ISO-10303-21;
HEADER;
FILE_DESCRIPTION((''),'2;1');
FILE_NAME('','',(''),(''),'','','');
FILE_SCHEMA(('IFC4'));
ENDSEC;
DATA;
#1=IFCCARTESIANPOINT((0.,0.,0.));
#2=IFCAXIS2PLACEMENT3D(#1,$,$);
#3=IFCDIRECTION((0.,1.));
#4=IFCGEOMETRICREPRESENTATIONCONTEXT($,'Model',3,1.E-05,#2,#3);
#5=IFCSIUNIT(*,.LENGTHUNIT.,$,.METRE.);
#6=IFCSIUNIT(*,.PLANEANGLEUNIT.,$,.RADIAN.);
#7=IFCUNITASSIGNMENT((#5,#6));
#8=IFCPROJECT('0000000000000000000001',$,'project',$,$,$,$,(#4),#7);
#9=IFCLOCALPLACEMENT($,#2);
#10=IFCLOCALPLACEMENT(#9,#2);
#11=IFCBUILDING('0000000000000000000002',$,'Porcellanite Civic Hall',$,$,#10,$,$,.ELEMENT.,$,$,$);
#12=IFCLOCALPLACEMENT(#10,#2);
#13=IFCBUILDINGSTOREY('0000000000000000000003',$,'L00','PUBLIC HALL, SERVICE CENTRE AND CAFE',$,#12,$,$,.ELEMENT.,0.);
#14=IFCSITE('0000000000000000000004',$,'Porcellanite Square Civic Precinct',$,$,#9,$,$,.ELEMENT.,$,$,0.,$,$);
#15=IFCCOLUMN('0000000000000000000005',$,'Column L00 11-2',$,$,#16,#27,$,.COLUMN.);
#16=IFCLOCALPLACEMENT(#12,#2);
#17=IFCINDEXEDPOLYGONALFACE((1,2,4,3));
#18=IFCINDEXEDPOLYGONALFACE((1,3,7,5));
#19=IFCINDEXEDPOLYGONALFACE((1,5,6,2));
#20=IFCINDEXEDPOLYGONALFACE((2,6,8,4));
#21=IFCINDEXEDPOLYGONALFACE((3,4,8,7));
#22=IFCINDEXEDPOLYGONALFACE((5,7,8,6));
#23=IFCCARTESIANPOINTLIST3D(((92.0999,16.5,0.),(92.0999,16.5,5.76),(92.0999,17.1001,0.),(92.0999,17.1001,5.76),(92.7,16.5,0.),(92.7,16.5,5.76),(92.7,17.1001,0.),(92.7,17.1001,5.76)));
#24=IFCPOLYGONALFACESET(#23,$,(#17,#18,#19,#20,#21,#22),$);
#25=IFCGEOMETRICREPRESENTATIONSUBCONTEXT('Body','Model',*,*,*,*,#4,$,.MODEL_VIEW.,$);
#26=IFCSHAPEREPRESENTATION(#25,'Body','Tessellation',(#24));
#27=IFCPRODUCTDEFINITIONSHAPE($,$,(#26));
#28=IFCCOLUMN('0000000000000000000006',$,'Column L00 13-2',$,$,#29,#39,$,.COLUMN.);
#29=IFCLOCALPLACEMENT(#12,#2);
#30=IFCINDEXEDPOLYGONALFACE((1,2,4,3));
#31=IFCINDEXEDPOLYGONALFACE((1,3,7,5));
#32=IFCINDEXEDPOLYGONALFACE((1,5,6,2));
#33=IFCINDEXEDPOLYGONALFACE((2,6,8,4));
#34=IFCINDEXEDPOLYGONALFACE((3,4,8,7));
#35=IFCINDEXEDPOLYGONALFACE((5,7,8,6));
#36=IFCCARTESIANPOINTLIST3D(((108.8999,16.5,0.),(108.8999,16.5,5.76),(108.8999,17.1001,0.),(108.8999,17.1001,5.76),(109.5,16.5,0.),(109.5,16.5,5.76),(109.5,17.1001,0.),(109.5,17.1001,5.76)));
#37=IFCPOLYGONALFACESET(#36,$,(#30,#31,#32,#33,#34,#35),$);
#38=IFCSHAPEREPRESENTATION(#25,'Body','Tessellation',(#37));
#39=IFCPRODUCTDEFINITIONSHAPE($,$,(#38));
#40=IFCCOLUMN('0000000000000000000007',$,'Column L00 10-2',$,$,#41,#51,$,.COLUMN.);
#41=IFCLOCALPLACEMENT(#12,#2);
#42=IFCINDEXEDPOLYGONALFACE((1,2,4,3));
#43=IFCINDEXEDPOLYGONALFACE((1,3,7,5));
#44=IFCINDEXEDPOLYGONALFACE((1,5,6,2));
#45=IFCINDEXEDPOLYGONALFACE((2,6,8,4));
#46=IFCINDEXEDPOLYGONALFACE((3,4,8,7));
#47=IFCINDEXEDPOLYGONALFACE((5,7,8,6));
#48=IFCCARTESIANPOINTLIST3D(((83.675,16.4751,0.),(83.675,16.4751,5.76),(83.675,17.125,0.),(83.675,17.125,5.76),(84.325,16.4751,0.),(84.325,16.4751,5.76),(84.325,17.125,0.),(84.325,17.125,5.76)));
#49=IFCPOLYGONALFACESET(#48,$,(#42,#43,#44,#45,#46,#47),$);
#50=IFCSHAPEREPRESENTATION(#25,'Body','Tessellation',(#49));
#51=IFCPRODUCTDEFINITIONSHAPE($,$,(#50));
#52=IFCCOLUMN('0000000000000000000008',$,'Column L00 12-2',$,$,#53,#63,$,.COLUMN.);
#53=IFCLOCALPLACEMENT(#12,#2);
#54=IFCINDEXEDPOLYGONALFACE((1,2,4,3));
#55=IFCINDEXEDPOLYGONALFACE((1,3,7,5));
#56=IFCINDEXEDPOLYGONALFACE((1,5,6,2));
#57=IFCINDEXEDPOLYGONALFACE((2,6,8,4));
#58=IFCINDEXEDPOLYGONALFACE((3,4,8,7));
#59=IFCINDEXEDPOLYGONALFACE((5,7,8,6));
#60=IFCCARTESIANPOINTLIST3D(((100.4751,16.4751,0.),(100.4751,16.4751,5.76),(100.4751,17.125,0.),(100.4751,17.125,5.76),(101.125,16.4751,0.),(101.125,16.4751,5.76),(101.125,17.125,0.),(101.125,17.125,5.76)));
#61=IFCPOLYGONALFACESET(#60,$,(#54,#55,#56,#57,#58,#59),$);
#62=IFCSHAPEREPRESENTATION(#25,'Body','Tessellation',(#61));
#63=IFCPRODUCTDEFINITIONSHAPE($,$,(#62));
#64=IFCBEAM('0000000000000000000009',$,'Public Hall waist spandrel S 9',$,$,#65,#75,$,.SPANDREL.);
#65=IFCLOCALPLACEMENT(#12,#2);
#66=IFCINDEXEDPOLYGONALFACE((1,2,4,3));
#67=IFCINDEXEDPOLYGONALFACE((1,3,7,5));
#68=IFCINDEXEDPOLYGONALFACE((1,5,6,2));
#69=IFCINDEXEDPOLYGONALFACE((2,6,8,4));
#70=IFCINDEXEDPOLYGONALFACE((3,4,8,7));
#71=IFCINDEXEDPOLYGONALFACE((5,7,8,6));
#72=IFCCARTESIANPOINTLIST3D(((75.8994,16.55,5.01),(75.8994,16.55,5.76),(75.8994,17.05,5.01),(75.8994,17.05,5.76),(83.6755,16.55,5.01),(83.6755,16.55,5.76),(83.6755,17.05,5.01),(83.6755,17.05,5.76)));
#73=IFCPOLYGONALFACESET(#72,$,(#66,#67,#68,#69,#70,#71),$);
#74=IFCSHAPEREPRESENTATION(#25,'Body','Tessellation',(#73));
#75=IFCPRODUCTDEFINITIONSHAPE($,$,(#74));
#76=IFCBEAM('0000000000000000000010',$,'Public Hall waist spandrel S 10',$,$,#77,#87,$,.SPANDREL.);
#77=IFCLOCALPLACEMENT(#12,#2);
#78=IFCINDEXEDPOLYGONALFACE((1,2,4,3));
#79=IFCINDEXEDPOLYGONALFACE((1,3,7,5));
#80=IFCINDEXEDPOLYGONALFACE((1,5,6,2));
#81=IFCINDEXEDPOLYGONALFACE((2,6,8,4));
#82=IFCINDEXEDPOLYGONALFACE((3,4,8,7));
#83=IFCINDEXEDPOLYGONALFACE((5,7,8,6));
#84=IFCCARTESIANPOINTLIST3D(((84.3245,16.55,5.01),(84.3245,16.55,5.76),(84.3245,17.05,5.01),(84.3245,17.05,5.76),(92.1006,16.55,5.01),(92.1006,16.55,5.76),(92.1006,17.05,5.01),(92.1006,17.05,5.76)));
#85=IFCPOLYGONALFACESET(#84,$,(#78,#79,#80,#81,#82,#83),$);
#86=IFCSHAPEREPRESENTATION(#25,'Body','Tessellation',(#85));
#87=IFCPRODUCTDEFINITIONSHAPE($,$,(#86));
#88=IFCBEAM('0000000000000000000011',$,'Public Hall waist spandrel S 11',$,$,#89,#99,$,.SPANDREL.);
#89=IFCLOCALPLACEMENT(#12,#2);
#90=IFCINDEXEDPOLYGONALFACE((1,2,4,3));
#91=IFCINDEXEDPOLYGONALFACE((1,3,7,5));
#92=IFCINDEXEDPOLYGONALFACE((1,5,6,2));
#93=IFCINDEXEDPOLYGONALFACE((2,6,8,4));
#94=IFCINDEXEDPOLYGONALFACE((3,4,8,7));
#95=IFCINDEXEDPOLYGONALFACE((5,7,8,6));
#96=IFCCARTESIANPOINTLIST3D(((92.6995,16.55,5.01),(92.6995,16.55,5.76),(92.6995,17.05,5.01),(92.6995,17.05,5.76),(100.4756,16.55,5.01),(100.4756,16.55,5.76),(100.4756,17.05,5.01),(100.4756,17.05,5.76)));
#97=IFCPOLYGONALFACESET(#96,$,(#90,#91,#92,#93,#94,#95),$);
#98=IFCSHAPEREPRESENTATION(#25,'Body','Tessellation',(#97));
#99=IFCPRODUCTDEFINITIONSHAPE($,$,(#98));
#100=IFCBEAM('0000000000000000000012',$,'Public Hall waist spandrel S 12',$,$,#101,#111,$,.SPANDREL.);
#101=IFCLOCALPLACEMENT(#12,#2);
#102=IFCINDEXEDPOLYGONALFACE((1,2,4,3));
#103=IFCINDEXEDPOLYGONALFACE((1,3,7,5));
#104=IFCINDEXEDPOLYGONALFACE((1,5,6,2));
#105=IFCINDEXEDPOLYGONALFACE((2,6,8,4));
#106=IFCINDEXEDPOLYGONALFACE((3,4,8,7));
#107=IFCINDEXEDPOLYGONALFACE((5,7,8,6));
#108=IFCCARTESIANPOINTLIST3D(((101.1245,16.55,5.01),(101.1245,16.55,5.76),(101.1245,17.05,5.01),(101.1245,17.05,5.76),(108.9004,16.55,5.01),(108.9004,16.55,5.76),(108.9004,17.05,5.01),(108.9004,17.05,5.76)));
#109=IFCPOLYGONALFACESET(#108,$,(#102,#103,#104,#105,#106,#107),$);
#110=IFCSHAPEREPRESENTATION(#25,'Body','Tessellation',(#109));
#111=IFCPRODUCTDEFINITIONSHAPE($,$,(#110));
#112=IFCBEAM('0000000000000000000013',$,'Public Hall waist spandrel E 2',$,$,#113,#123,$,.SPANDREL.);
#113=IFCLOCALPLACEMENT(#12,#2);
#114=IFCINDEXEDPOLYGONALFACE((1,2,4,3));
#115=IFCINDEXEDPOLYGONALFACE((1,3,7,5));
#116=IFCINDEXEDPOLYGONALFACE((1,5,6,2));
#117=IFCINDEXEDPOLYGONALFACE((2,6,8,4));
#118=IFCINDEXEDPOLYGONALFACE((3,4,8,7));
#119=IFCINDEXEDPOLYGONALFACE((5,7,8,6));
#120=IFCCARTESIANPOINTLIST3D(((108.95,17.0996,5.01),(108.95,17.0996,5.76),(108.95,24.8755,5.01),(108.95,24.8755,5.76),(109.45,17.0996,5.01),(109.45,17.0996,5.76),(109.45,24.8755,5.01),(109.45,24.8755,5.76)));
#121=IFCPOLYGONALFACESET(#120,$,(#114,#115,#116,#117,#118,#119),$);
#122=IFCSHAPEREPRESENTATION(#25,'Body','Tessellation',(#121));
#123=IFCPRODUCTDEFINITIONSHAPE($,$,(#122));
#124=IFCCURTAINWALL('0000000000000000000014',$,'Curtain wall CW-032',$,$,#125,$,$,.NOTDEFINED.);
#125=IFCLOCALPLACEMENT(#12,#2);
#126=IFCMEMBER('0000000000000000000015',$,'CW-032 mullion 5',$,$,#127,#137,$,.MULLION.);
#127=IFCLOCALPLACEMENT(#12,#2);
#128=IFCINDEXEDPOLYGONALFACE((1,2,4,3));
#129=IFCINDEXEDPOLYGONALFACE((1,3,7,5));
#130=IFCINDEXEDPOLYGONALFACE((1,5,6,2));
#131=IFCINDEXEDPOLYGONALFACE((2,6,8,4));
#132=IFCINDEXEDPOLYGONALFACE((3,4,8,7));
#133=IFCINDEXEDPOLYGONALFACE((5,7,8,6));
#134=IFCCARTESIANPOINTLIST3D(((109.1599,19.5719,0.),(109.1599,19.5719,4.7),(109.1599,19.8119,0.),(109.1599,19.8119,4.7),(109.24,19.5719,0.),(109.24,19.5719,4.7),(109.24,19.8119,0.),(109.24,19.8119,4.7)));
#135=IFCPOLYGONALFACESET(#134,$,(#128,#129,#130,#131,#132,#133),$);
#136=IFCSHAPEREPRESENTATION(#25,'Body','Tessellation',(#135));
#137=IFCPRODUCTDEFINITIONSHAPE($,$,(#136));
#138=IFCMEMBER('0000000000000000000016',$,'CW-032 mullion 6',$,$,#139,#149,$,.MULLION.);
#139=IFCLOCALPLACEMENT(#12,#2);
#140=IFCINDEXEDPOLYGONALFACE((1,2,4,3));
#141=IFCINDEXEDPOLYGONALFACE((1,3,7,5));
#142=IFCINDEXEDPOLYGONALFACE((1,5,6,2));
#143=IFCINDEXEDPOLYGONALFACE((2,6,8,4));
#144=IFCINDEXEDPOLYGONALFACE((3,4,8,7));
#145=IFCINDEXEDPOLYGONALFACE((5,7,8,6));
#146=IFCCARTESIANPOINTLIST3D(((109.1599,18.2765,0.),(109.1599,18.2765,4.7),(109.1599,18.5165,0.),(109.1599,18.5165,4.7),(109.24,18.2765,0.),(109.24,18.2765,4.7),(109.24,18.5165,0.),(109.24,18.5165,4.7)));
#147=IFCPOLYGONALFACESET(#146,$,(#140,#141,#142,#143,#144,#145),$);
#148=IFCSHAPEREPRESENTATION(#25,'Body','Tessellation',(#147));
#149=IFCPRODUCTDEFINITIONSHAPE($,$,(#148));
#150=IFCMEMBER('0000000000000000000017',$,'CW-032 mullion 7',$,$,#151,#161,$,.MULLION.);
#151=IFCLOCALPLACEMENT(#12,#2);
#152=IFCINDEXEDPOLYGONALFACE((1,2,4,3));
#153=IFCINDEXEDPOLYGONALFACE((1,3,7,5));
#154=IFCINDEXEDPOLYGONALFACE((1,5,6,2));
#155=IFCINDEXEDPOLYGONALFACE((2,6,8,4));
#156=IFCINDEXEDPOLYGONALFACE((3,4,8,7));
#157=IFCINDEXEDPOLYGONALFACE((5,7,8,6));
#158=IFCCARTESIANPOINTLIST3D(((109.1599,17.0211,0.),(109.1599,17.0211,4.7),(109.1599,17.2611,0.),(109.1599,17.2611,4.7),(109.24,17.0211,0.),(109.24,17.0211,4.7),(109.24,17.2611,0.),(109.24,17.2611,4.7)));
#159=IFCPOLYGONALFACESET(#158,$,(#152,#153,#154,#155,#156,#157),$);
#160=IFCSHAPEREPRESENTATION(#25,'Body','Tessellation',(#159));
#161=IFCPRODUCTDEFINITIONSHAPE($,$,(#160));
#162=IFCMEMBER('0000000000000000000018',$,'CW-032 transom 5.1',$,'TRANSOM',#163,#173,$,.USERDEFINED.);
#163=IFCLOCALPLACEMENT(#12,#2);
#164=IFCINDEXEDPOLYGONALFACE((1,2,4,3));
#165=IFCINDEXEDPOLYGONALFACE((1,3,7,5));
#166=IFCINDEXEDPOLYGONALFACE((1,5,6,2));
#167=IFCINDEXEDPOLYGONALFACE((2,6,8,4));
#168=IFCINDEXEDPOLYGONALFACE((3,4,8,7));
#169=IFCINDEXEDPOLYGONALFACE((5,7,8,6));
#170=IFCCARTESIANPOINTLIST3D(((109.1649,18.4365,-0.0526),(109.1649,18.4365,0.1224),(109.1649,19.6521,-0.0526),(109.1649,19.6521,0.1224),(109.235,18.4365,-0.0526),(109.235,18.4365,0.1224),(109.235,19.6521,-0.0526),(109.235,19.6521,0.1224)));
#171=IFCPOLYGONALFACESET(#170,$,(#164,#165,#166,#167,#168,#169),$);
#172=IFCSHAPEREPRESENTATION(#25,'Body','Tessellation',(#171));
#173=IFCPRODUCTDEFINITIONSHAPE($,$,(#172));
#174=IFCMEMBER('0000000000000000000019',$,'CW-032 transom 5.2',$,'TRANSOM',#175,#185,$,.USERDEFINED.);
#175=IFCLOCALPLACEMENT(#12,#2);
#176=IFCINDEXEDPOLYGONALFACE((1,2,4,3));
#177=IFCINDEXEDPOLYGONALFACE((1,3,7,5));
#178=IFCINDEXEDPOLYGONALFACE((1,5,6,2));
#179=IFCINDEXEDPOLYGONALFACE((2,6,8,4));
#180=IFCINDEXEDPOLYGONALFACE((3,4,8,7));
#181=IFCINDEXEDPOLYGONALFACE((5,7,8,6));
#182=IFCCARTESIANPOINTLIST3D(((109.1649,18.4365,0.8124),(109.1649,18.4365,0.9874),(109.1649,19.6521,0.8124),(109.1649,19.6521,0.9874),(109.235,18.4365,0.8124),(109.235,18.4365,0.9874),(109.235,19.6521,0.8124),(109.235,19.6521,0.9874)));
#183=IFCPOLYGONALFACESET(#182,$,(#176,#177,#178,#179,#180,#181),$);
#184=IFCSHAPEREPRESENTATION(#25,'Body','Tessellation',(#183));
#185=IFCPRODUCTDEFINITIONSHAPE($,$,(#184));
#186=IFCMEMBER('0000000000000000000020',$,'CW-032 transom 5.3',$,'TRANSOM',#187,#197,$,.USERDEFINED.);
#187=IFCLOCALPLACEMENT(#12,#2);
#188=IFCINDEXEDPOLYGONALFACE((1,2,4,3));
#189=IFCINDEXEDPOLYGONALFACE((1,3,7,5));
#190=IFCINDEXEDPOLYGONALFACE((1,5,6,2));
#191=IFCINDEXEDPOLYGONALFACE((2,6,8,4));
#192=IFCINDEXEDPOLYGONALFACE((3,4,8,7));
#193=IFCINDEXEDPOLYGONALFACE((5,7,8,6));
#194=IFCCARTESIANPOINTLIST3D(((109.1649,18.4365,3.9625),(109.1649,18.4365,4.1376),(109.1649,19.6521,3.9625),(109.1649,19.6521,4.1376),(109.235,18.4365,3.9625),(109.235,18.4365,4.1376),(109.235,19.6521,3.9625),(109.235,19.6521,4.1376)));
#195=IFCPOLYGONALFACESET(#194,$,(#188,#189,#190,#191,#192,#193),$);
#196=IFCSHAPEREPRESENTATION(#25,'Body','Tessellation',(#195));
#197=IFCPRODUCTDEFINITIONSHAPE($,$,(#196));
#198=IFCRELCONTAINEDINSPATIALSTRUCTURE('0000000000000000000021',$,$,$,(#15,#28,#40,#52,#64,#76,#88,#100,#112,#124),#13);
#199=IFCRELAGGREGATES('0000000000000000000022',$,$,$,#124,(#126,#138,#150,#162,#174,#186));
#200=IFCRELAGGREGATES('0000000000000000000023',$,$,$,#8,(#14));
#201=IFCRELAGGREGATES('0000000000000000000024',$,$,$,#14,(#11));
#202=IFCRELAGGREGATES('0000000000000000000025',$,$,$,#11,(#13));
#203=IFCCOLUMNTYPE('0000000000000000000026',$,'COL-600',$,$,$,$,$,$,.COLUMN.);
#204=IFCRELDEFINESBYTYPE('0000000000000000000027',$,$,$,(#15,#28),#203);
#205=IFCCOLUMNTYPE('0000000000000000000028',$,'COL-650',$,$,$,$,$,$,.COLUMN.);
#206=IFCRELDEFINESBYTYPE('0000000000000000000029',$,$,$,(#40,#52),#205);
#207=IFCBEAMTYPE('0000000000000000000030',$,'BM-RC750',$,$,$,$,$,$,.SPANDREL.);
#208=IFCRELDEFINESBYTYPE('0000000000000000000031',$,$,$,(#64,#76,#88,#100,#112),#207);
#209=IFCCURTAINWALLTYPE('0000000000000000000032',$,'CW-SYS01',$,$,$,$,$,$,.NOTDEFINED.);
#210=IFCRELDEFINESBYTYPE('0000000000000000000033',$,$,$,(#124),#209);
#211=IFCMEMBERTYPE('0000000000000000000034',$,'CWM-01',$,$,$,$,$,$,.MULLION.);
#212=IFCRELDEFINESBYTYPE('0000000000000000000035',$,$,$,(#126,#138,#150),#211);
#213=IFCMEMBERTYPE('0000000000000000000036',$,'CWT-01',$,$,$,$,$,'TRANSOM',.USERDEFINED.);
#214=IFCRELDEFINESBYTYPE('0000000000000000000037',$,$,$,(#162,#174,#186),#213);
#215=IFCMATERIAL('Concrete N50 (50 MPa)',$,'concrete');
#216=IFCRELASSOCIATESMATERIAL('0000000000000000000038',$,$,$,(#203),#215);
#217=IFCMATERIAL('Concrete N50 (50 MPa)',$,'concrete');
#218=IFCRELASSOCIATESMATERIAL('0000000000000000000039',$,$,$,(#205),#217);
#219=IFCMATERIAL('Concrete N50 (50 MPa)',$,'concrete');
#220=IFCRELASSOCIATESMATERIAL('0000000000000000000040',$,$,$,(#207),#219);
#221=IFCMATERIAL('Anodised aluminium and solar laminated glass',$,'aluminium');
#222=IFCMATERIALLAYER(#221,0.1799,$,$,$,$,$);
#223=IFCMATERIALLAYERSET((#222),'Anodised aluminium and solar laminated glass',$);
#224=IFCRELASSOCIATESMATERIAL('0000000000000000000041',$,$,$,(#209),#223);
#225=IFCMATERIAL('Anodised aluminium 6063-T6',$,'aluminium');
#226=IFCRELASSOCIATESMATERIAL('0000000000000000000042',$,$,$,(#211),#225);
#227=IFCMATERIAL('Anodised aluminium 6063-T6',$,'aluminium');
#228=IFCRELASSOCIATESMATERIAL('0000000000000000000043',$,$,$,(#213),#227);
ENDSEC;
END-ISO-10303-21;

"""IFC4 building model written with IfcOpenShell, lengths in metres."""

from ifc_helpers import new_model, si_unit, direction, frame, origin, origin_2d, place, context, subcontext, project, spatial, rectangle, extrude, material, layer, layer_set, material_profile, profile_set, type_object, element, aggregate, save


model = new_model("IFC4")

# Units and contexts
model_context = context("Model", 3, precision=1e-05, world=origin(), true_north=direction((0.0, 1.0)))
body_context = subcontext(model_context, "Body", "Model", "MODEL_VIEW")
ifc_project = project(units=[si_unit("LENGTHUNIT", "METRE"), si_unit("PLANEANGLEUNIT", "RADIAN")], contexts=[model_context])

# Site, building, storey
site_placement = place(None, origin())
site = spatial("IfcSite", under=ifc_project, at=site_placement, Name="Porcellanite Square Civic Precinct", CompositionType="ELEMENT", RefElevation=0.0)
building_placement = place(site_placement, origin())
building = spatial("IfcBuilding", under=site, at=building_placement, Name="Porcellanite Civic Hall", CompositionType="ELEMENT")
storey_placement = place(building_placement, origin())
storey = spatial("IfcBuildingStorey", under=building, at=storey_placement, Name="L00", Description="PUBLIC HALL, SERVICE CENTRE AND CAFE", CompositionType="ELEMENT", Elevation=0.0)

# Columns
ifc_material_1 = material(Name="Concrete N50 (50 MPa)", Category="concrete")
ifc_material_profile_1 = material_profile(ifc_material_1, rectangle(XDim=0.6001, YDim=0.6001, at=origin_2d()), Name="RC-600x600")
ifc_profile_set_1 = profile_set([ifc_material_profile_1], Name="Concrete N50 (50 MPa)")
column_type_1 = type_object("IfcColumnType", Name="COL-600", PredefinedType="COLUMN", material=ifc_profile_set_1)
for number, where, z_axis, x_axis, name in (
    (1, (92.3999, 16.8, 0.0), (0.0, 0.0, 1.0), (1.0, 0.0, 0.0), "Column L00 11-2"),
    (2, (109.2, 16.8, 0.0), (0.0, 0.0, 1.0), (1.0, 0.0, 0.0), "Column L00 13-2"),
):
    element("IfcColumn", number, at=place(storey_placement, frame(where, z_axis=z_axis, x_axis=x_axis)), inside=storey, type_object=column_type_1, Name=name, PredefinedType="COLUMN", context=body_context, shape_type="SweptSolid", body=[
        extrude(rectangle(XDim=0.6001, YDim=0.6001, at=origin_2d()), origin(), (0.0, 0.0, 1.0), 5.76),
    ])
ifc_material_2 = material(Name="Concrete N50 (50 MPa)", Category="concrete")
ifc_material_profile_2 = material_profile(ifc_material_2, rectangle(XDim=0.6499, YDim=0.6499, at=origin_2d()), Name="RC-650x650")
ifc_profile_set_2 = profile_set([ifc_material_profile_2], Name="Concrete N50 (50 MPa)")
column_type_2 = type_object("IfcColumnType", Name="COL-650", PredefinedType="COLUMN", material=ifc_profile_set_2)
for number, where, z_axis, x_axis, name in (
    (3, (84.0, 16.8, 0.0), (0.0, 0.0, 1.0), (1.0, 0.0, 0.0), "Column L00 10-2"),
    (4, (100.8, 16.8, 0.0), (0.0, 0.0, 1.0), (1.0, 0.0, 0.0), "Column L00 12-2"),
):
    element("IfcColumn", number, at=place(storey_placement, frame(where, z_axis=z_axis, x_axis=x_axis)), inside=storey, type_object=column_type_2, Name=name, PredefinedType="COLUMN", context=body_context, shape_type="SweptSolid", body=[
        extrude(rectangle(XDim=0.6499, YDim=0.6499, at=origin_2d()), origin(), (0.0, 0.0, 1.0), 5.76),
    ])

# Beams
ifc_material_3 = material(Name="Concrete N50 (50 MPa)", Category="concrete")
ifc_material_profile_3 = material_profile(ifc_material_3, rectangle(XDim=0.5, YDim=0.75, at=origin_2d()), Name="RC-500x750")
ifc_profile_set_3 = profile_set([ifc_material_profile_3], Name="Concrete N50 (50 MPa)")
beam_type = type_object("IfcBeamType", Name="BM-RC750", PredefinedType="SPANDREL", material=ifc_profile_set_3)
for number, where, z_axis, x_axis, name in (
    (5, (75.8994, 16.8, 5.385), (1.0, 0.0, 0.0), (0.0, 1.0, 0.0), "Public Hall waist spandrel S 9"),
    (6, (84.3245, 16.8, 5.385), (1.0, 0.0, 0.0), (0.0, 1.0, 0.0), "Public Hall waist spandrel S 10"),
    (7, (92.6995, 16.8, 5.385), (1.0, 0.0, 0.0), (0.0, 1.0, 0.0), "Public Hall waist spandrel S 11"),
):
    element("IfcBeam", number, at=place(storey_placement, frame(where, z_axis=z_axis, x_axis=x_axis)), inside=storey, type_object=beam_type, Name=name, PredefinedType="SPANDREL", context=body_context, shape_type="SweptSolid", body=[
        extrude(rectangle(XDim=0.5, YDim=0.75, at=origin_2d()), origin(), (0.0, 0.0, 1.0), 7.7761),
    ])
for number, where, z_axis, x_axis, name in (
    (8, (101.1245, 16.8, 5.385), (1.0, 0.0, 0.0), (0.0, 1.0, 0.0), "Public Hall waist spandrel S 12"),
    (9, (109.2, 17.0996, 5.385), (0.0, 1.0, 0.0), (-1.0, 0.0, 0.0), "Public Hall waist spandrel E 2"),
):
    element("IfcBeam", number, at=place(storey_placement, frame(where, z_axis=z_axis, x_axis=x_axis)), inside=storey, type_object=beam_type, Name=name, PredefinedType="SPANDREL", context=body_context, shape_type="SweptSolid", body=[
        extrude(rectangle(XDim=0.5, YDim=0.75, at=origin_2d()), origin(), (0.0, 0.0, 1.0), 7.7759),
    ])

# Curtain wall, members
ifc_material_4 = material(Name="Anodised aluminium and solar laminated glass", Category="aluminium")
ifc_layer_1 = layer(ifc_material_4, 0.1799)
ifc_layer_set_1 = layer_set([ifc_layer_1], Name="Anodised aluminium and solar laminated glass")
curtain_wall_type = type_object("IfcCurtainWallType", Name="CW-SYS01", PredefinedType="NOTDEFINED", material=ifc_layer_set_1)
curtain_wall_placement = place(storey_placement, origin())
curtain_wall = element("IfcCurtainWall", 10, at=curtain_wall_placement, inside=storey, type_object=curtain_wall_type, Name="Curtain wall CW-032", PredefinedType="NOTDEFINED")
ifc_material_5 = material(Name="Anodised aluminium 6063-T6", Category="aluminium")
ifc_material_profile_4 = material_profile(ifc_material_5, rectangle(XDim=0.0801, YDim=0.24, at=origin_2d()), Name="AL-80x240")
ifc_profile_set_4 = profile_set([ifc_material_profile_4], Name="Anodised aluminium 6063-T6")
member_type_1 = type_object("IfcMemberType", Name="CWM-01", PredefinedType="MULLION", material=ifc_profile_set_4)
member_1_placement = place(storey_placement, frame((109.2, 19.6919, 0.0), z_axis=(0.0, 0.0, 1.0), x_axis=(1.0, 0.0, 0.0)))
member_1 = element("IfcMember", 11, at=member_1_placement, type_object=member_type_1, Name="CW-032 mullion 5", PredefinedType="MULLION", context=body_context, shape_type="SweptSolid", body=[
    extrude(rectangle(XDim=0.0801, YDim=0.24, at=origin_2d()), origin(), (0.0, 0.0, 1.0), 4.7),
])
member_2_placement = place(storey_placement, frame((109.2, 18.3965, 0.0), z_axis=(0.0, 0.0, 1.0), x_axis=(1.0, 0.0, 0.0)))
member_2 = element("IfcMember", 12, at=member_2_placement, type_object=member_type_1, Name="CW-032 mullion 6", PredefinedType="MULLION", context=body_context, shape_type="SweptSolid", body=[
    extrude(rectangle(XDim=0.0801, YDim=0.24, at=origin_2d()), origin(), (0.0, 0.0, 1.0), 4.7),
])
member_3_placement = place(storey_placement, frame((109.2, 17.1411, 0.0), z_axis=(0.0, 0.0, 1.0), x_axis=(1.0, 0.0, 0.0)))
member_3 = element("IfcMember", 13, at=member_3_placement, type_object=member_type_1, Name="CW-032 mullion 7", PredefinedType="MULLION", context=body_context, shape_type="SweptSolid", body=[
    extrude(rectangle(XDim=0.0801, YDim=0.24, at=origin_2d()), origin(), (0.0, 0.0, 1.0), 4.7),
])
ifc_material_6 = material(Name="Anodised aluminium 6063-T6", Category="aluminium")
ifc_material_profile_5 = material_profile(ifc_material_6, rectangle(XDim=0.0701, YDim=0.175, at=origin_2d()), Name="AL-70x175")
ifc_profile_set_5 = profile_set([ifc_material_profile_5], Name="Anodised aluminium 6063-T6")
member_type_2 = type_object("IfcMemberType", Name="CWT-01", ElementType="TRANSOM", PredefinedType="USERDEFINED", material=ifc_profile_set_5)
member_4_placement = place(storey_placement, frame((109.2, 19.6521, 0.0349), z_axis=(0.0, -1.0, 0.0), x_axis=(1.0, 0.0, 0.0)))
member_4 = element("IfcMember", 14, at=member_4_placement, type_object=member_type_2, Name="CW-032 transom 5.1", ObjectType="TRANSOM", PredefinedType="USERDEFINED", context=body_context, shape_type="SweptSolid", body=[
    extrude(rectangle(XDim=0.0701, YDim=0.175, at=origin_2d()), origin(), (0.0, 0.0, 1.0), 1.2156),
])
member_5_placement = place(storey_placement, frame((109.2, 19.6521, 0.8999), z_axis=(0.0, -1.0, 0.0), x_axis=(1.0, 0.0, 0.0)))
member_5 = element("IfcMember", 15, at=member_5_placement, type_object=member_type_2, Name="CW-032 transom 5.2", ObjectType="TRANSOM", PredefinedType="USERDEFINED", context=body_context, shape_type="SweptSolid", body=[
    extrude(rectangle(XDim=0.0701, YDim=0.175, at=origin_2d()), origin(), (0.0, 0.0, 1.0), 1.2156),
])
member_6_placement = place(storey_placement, frame((109.2, 19.6521, 4.05), z_axis=(0.0, -1.0, 0.0), x_axis=(1.0, 0.0, 0.0)))
member_6 = element("IfcMember", 16, at=member_6_placement, type_object=member_type_2, Name="CW-032 transom 5.3", ObjectType="TRANSOM", PredefinedType="USERDEFINED", context=body_context, shape_type="SweptSolid", body=[
    extrude(rectangle(XDim=0.0701, YDim=0.175, at=origin_2d()), origin(), (0.0, 0.0, 1.0), 1.2156),
])
aggregate(curtain_wall, [member_1, member_2, member_3, member_4, member_5, member_6])

save(model, "model.ifc")
